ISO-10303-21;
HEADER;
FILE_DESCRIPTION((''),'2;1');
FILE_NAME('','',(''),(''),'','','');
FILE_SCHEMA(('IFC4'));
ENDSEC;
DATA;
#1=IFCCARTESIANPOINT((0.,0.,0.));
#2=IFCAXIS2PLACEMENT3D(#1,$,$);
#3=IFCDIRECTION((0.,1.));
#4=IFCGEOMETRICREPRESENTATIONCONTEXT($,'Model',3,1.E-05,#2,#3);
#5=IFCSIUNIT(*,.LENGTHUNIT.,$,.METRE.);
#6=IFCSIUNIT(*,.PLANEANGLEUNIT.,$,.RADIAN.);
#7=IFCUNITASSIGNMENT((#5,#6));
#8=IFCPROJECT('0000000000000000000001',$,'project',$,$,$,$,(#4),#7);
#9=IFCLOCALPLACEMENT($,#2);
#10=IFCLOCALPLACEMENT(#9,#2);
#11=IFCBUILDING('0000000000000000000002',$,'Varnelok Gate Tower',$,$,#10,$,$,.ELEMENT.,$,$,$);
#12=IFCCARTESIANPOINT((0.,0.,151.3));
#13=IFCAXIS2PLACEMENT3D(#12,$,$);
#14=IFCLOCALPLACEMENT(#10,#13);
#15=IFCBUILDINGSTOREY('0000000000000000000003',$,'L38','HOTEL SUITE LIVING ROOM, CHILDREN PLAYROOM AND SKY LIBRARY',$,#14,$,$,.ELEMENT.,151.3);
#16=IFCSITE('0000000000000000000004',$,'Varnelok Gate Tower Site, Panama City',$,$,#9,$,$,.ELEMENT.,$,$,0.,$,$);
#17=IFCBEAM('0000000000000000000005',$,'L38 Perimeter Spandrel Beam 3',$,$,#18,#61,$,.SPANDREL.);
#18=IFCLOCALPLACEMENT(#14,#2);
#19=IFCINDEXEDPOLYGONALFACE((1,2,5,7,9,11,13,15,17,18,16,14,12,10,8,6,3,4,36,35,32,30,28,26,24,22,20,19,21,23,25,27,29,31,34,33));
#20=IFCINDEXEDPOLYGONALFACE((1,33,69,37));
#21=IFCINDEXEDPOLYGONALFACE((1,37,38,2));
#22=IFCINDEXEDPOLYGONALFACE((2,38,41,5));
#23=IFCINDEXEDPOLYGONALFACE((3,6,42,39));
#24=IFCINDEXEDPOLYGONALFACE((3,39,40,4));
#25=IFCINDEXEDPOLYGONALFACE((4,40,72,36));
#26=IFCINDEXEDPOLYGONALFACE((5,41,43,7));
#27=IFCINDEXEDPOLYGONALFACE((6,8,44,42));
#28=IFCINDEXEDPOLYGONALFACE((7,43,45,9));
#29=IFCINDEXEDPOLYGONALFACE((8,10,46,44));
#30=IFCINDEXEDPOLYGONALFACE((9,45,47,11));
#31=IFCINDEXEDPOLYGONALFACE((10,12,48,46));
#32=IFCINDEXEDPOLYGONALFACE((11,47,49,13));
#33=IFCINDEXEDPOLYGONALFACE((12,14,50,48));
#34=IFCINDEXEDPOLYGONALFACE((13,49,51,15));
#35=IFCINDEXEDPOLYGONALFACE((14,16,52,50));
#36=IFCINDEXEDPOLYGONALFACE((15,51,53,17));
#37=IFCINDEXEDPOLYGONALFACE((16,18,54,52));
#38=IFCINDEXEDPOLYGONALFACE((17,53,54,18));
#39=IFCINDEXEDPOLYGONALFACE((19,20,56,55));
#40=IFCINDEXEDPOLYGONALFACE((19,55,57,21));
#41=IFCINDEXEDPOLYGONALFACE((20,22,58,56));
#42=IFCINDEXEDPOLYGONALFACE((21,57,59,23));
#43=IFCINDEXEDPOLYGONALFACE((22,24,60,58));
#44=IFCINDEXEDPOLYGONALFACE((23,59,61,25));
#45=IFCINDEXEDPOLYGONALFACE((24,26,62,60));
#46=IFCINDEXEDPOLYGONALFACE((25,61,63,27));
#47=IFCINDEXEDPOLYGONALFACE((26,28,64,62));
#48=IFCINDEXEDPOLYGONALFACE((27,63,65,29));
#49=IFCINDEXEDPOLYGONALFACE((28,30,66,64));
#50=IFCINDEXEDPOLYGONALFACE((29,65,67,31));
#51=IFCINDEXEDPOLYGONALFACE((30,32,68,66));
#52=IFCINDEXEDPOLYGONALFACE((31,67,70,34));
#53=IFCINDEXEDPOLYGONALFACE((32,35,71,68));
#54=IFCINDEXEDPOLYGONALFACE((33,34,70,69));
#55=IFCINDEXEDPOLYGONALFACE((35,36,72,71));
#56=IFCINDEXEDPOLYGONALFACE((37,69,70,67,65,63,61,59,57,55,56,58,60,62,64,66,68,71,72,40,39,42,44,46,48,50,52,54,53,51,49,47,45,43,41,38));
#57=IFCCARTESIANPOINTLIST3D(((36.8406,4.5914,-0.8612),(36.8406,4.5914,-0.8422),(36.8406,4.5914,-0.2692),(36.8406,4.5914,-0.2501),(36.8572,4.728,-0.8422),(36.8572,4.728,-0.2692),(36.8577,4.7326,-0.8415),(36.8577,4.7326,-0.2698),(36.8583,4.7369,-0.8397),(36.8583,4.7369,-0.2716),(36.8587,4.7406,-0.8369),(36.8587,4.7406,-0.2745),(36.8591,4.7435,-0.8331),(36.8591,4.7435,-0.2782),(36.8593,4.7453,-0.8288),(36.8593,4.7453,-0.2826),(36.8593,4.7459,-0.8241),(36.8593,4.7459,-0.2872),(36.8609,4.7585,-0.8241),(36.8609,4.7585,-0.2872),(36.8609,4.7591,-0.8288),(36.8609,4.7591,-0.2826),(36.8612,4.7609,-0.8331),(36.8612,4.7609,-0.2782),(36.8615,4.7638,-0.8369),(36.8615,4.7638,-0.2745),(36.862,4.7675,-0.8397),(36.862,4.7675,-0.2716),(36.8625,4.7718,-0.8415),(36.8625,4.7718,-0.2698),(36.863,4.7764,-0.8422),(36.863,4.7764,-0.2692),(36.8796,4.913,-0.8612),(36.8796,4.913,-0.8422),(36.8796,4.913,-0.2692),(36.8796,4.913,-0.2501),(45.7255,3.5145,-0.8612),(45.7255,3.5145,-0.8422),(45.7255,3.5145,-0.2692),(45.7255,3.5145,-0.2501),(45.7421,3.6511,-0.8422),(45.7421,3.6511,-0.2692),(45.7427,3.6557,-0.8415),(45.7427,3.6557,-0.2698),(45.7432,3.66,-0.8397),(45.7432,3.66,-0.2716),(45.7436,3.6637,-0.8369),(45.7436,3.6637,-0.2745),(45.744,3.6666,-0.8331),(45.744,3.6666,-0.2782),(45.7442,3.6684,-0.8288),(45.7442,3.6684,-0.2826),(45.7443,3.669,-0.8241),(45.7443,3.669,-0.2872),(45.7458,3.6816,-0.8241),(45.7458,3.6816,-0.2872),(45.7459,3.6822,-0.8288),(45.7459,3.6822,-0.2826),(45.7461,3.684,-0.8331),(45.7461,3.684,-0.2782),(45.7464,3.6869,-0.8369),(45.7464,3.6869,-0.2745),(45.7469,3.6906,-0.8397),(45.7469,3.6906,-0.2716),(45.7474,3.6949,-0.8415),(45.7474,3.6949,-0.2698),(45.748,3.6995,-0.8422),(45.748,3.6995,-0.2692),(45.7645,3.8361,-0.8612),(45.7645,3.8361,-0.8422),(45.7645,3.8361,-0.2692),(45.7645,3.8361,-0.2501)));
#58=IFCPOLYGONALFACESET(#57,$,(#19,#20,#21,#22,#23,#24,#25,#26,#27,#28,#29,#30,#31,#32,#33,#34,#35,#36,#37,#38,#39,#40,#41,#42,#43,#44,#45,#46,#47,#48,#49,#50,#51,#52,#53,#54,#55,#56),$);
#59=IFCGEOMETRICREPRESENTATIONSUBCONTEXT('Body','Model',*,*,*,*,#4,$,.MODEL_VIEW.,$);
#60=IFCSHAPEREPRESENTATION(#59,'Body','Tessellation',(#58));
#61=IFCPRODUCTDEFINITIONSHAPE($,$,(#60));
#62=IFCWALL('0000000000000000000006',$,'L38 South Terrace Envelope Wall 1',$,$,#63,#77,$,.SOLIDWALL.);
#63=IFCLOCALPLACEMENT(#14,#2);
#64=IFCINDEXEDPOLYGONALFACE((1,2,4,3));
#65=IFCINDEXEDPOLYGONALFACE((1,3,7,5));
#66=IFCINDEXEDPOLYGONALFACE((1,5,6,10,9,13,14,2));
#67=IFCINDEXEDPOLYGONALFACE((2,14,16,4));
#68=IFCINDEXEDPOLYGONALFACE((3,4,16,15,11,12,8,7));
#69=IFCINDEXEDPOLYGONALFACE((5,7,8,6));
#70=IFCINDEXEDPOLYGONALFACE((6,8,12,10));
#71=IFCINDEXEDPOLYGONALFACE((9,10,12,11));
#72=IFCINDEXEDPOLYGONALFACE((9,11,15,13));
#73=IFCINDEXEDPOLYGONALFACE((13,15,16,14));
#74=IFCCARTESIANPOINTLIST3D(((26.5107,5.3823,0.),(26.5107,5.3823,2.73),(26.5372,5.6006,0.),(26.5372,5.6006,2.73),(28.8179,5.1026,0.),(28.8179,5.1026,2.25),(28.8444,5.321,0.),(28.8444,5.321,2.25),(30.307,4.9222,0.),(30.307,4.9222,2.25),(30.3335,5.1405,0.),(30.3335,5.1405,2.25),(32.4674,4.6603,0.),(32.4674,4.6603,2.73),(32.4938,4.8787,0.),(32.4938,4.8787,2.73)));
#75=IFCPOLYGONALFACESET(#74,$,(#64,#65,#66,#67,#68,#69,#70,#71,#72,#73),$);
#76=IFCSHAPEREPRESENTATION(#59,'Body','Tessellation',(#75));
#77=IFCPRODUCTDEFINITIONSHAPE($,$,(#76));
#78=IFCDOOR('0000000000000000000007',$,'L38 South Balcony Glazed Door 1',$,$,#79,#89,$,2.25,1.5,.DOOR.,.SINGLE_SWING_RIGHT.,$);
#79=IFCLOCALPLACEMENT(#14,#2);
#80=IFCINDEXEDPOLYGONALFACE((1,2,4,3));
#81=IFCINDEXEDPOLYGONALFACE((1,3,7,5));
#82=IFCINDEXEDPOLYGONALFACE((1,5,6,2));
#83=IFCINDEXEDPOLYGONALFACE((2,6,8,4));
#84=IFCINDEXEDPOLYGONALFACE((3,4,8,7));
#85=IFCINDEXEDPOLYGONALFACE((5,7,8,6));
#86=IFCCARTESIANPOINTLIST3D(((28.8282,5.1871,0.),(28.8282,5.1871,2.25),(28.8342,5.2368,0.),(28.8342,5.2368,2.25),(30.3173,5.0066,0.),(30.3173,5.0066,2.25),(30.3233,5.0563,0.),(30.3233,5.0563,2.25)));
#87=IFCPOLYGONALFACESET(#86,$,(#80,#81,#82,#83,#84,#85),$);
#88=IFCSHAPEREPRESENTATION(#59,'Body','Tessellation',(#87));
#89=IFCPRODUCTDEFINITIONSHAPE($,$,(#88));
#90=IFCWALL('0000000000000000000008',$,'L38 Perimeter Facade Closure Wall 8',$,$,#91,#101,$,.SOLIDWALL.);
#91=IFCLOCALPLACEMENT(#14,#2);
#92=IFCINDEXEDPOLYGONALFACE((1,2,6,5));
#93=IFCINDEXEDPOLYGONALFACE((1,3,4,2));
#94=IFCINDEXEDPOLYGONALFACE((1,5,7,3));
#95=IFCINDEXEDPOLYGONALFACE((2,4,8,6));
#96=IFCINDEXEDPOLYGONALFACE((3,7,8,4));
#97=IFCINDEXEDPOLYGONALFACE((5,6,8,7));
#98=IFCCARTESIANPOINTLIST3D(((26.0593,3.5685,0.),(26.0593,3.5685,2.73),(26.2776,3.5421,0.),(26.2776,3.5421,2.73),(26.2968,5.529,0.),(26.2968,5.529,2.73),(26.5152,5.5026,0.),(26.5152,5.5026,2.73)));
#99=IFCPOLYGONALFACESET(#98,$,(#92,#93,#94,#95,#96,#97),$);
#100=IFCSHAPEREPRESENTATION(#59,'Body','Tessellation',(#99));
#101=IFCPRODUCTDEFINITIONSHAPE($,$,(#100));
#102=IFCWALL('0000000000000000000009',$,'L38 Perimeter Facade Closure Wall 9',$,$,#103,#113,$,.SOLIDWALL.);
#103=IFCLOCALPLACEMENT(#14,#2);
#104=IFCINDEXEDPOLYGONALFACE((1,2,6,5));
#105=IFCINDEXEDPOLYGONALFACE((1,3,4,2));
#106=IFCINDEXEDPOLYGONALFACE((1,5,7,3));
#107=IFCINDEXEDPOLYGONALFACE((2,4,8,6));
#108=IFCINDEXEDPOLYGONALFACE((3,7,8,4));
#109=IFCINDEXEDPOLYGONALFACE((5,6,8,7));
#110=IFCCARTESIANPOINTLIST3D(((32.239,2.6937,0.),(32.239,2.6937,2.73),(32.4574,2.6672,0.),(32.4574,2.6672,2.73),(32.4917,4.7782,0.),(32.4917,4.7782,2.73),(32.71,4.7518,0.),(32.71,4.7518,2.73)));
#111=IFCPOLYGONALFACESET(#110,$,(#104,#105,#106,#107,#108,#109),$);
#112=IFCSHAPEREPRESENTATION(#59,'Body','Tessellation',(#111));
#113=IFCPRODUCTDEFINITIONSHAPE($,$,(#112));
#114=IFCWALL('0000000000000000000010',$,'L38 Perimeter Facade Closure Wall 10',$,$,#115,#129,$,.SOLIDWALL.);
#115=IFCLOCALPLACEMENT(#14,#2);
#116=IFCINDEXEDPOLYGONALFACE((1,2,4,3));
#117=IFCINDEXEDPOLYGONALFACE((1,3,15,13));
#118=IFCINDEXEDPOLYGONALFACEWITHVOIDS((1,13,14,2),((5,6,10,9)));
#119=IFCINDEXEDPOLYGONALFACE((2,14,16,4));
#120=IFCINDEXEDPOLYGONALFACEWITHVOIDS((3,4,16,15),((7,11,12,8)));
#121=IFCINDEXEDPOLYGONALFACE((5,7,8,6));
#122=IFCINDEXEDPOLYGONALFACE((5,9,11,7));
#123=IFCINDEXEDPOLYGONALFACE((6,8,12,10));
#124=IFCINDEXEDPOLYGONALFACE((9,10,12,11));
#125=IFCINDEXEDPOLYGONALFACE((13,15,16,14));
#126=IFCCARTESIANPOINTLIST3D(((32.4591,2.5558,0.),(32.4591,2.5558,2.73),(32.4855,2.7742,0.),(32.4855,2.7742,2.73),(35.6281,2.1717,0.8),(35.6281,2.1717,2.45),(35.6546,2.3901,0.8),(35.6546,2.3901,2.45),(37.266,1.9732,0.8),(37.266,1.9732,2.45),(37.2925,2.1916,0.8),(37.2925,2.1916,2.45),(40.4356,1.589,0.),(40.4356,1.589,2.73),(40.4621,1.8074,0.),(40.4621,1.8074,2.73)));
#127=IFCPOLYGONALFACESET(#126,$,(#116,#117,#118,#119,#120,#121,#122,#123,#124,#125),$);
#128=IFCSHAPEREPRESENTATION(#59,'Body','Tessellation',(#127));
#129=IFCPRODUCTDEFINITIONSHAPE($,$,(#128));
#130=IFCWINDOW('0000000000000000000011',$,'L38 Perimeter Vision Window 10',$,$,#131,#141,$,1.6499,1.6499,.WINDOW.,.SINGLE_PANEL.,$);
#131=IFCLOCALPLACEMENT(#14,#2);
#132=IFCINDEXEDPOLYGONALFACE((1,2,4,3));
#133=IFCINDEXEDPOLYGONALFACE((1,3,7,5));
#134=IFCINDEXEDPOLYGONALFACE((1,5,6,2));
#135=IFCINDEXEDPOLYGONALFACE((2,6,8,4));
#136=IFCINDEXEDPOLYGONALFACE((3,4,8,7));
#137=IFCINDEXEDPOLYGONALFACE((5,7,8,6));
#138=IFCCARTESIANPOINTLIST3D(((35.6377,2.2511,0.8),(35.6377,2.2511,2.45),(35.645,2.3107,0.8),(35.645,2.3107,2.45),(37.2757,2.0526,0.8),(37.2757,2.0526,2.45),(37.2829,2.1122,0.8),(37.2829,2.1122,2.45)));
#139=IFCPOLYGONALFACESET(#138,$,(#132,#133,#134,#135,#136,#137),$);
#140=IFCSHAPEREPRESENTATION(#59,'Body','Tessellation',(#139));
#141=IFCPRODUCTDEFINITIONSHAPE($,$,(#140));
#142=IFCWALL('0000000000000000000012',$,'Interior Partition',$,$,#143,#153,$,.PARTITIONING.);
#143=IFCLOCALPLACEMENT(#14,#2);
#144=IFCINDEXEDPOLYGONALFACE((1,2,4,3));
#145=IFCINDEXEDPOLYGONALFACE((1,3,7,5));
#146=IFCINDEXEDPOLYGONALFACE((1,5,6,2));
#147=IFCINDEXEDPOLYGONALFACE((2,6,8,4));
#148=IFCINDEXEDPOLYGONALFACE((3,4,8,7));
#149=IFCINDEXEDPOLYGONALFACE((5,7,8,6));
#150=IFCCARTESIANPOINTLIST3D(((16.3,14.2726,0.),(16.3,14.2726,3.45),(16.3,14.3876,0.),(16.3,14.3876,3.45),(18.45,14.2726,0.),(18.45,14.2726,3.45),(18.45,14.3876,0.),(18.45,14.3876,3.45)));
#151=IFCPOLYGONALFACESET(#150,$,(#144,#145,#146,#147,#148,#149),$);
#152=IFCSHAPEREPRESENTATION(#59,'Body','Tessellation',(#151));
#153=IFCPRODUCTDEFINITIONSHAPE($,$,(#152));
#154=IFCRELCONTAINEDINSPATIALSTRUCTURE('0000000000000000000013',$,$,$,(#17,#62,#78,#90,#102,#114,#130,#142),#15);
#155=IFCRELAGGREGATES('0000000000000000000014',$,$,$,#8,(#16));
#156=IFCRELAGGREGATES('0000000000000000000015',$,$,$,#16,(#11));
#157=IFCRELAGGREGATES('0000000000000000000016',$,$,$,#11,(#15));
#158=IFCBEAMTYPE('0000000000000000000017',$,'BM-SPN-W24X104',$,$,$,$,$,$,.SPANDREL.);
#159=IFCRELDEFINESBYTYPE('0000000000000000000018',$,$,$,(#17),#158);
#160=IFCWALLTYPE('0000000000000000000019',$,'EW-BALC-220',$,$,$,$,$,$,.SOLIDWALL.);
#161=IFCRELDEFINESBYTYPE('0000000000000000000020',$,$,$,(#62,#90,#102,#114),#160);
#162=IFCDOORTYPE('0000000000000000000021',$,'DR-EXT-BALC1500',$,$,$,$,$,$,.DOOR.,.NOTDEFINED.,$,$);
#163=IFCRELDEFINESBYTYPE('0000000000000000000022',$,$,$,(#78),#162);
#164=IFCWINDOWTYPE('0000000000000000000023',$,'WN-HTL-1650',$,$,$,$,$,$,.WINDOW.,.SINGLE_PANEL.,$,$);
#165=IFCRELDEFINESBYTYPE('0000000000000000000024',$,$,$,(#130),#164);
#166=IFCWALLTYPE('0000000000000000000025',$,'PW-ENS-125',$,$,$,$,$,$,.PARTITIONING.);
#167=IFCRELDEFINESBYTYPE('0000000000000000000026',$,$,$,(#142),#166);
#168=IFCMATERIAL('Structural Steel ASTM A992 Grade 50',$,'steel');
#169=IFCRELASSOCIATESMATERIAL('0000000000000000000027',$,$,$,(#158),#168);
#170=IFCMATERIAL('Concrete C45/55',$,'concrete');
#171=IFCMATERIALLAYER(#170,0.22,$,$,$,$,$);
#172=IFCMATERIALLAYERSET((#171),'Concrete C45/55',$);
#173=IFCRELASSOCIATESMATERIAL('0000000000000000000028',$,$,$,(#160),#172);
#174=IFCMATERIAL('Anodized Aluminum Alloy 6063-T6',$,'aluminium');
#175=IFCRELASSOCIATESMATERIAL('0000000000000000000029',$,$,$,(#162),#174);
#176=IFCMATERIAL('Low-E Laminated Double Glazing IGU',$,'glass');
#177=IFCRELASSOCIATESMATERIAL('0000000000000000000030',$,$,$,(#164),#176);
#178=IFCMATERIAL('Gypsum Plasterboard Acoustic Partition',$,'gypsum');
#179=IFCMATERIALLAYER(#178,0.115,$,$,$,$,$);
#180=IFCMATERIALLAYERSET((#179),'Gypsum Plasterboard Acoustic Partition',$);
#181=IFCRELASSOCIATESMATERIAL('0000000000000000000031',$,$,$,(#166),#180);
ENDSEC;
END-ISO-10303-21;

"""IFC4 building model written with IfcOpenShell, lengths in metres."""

from ifc_helpers import new_model, si_unit, direction, frame, frame_2d, origin, origin_2d, place, context, subcontext, project, spatial, rectangle, i_section, extrude, material, layer, layer_set, material_profile, profile_set, type_object, element, fill, save


model = new_model("IFC4")

# Units and contexts
model_context = context("Model", 3, precision=1e-05, world=origin(), true_north=direction((0.0, 1.0)))
body_context = subcontext(model_context, "Body", "Model", "MODEL_VIEW")
ifc_project = project(units=[si_unit("LENGTHUNIT", "METRE"), si_unit("PLANEANGLEUNIT", "RADIAN")], contexts=[model_context])

# Site, building, storey
site_placement = place(None, origin())
site = spatial("IfcSite", under=ifc_project, at=site_placement, Name="Varnelok Gate Tower Site, Panama City", CompositionType="ELEMENT", RefElevation=0.0)
building_placement = place(site_placement, origin())
building = spatial("IfcBuilding", under=site, at=building_placement, Name="Varnelok Gate Tower", CompositionType="ELEMENT")
storey_placement = place(building_placement, frame((0.0, 0.0, 151.3)))
storey = spatial("IfcBuildingStorey", under=building, at=storey_placement, Name="L38", Description="HOTEL SUITE LIVING ROOM, CHILDREN PLAYROOM AND SKY LIBRARY", CompositionType="ELEMENT", Elevation=151.3)

# Shared definitions
ifc_material_1 = material(Name="Structural Steel ASTM A992 Grade 50", Category="steel")

# Beam
ifc_material_profile_1 = material_profile(ifc_material_1, i_section(OverallWidth=0.324, OverallDepth=0.6111, WebThickness=0.0127, FlangeThickness=0.019, FilletRadius=0.0181, at=origin_2d()), Name="W24X104")
ifc_profile_set_1 = profile_set([ifc_material_profile_1], Name="Structural Steel ASTM A992 Grade 50")
beam_type_1 = type_object("IfcBeamType", Name="BM-SPN-W24X104", PredefinedType="SPANDREL", material=ifc_profile_set_1)
for number, where, z_axis, x_axis, name in (
    (1, (36.8601, 4.7522, -0.5557), (0.992735, -0.120324, 0.0), (0.120324, 0.992735, 0.0), "L38 Perimeter Spandrel Beam 3"),
):
    element("IfcBeam", number, at=place(storey_placement, frame(where, z_axis=z_axis, x_axis=x_axis)), inside=storey, type_object=beam_type_1, Name=name, PredefinedType="SPANDREL", context=body_context, shape_type="SweptSolid", body=[
        extrude(i_section(OverallWidth=0.324, OverallDepth=0.6111, WebThickness=0.0127, FlangeThickness=0.019, FilletRadius=0.0181, at=origin_2d()), origin(), (0.0, 0.0, 1.0), 8.95),
    ])

# Wall, opening, door
ifc_material_2 = material(Name="Concrete C45/55", Category="concrete")
ifc_layer_1 = layer(ifc_material_2, 0.22)
ifc_layer_set_1 = layer_set([ifc_layer_1], Name="Concrete C45/55")
wall_type_1 = type_object("IfcWallType", Name="EW-BALC-220", PredefinedType="SOLIDWALL", material=ifc_layer_set_1)
wall_1_placement = place(storey_placement, frame((32.4805, 4.7695, 0.0), z_axis=(0.0, 0.0, 1.0), x_axis=(-0.992735, 0.120318, 0.0)))
wall_1 = element("IfcWall", 2, at=wall_1_placement, inside=storey, type_object=wall_type_1, Name="L38 South Terrace Envelope Wall 1", PredefinedType="SOLIDWALL", context=body_context, shape_type="SweptSolid", body=[
    extrude(rectangle(XDim=6.0002, YDim=0.22, at=frame_2d((3.0, 0.0))), origin(), (0.0, 0.0, 1.0), 2.73),
])
opening_1_placement = place(wall_1_placement, frame((2.176, 0.0, 0.0)))
opening_1 = element("IfcOpeningElement", 3, at=opening_1_placement, cuts=wall_1, PredefinedType="OPENING", context=body_context, shape_type="SweptSolid", body=[
    extrude(rectangle(XDim=1.5, YDim=2.25, at=frame_2d((0.75, 1.125))), frame((0.0, 0.1199, 0.0), z_axis=(0.0, -1.0, 0.0), x_axis=(1.0, 0.0, 0.0)), (0.0, 0.0, 1.0), 0.24),
])
ifc_material_3 = material(Name="Anodized Aluminum Alloy 6063-T6", Category="aluminium")
door_type_1 = type_object("IfcDoorType", Name="DR-EXT-BALC1500", OperationType="NOTDEFINED", PredefinedType="DOOR", material=ifc_material_3)
door_1_placement = place(opening_1_placement, origin())
door_1 = element("IfcDoor", 4, at=door_1_placement, inside=storey, type_object=door_type_1, Name="L38 South Balcony Glazed Door 1", OperationType="SINGLE_SWING_RIGHT", OverallHeight=2.25, OverallWidth=1.5, PredefinedType="DOOR", context=body_context, shape_type="SweptSolid", body=[
    extrude(rectangle(XDim=1.5, YDim=2.25, at=frame_2d((0.75, 1.125))), frame((0.0, 0.0249, 0.0), z_axis=(0.0, -1.0, 0.0), x_axis=(1.0, 0.0, 0.0)), (0.0, 0.0, 1.0), 0.05),
])
fill(opening_1, door_1)

# Walls
wall_2_placement = place(storey_placement, frame((26.1685, 3.5554, 0.0), z_axis=(0.0, 0.0, 1.0), x_axis=(0.120291, 0.992739, 0.0)))
element("IfcWall", 5, at=wall_2_placement, inside=storey, type_object=wall_type_1, Name="L38 Perimeter Facade Closure Wall 8", PredefinedType="SOLIDWALL", context=body_context, shape_type="SweptSolid", body=[
    extrude(rectangle(XDim=1.9749, YDim=0.22, at=frame_2d((0.9873, 0.0))), origin(), (0.0, 0.0, 1.0), 2.73),
])
wall_3_placement = place(storey_placement, frame((32.6008, 4.7649, 0.0), z_axis=(0.0, 0.0, 1.0), x_axis=(-0.120328, -0.992734, 0.0)))
element("IfcWall", 6, at=wall_3_placement, inside=storey, type_object=wall_type_1, Name="L38 Perimeter Facade Closure Wall 9", PredefinedType="SOLIDWALL", context=body_context, shape_type="SweptSolid", body=[
    extrude(rectangle(XDim=2.0999, YDim=0.22, at=frame_2d((1.0498, 0.0))), origin(), (0.0, 0.0, 1.0), 2.73),
])

# Wall, opening, window
wall_4_placement = place(storey_placement, frame((32.4722, 2.665, 0.0), z_axis=(0.0, 0.0, 1.0), x_axis=(0.992735, -0.120324, 0.0)))
wall_4 = element("IfcWall", 7, at=wall_4_placement, inside=storey, type_object=wall_type_1, Name="L38 Perimeter Facade Closure Wall 10", PredefinedType="SOLIDWALL", context=body_context, shape_type="SweptSolid", body=[
    extrude(rectangle(XDim=8.0349, YDim=0.22, at=frame_2d((4.0176, 0.0))), origin(), (0.0, 0.0, 1.0), 2.73),
])
opening_2_placement = place(wall_4_placement, frame((3.1924, 0.0, 0.8)))
opening_2 = element("IfcOpeningElement", 8, at=opening_2_placement, cuts=wall_4, PredefinedType="OPENING", context=body_context, shape_type="SweptSolid", body=[
    extrude(rectangle(XDim=1.6499, YDim=1.6499, at=frame_2d((0.825, 0.825))), frame((0.0, 0.1199, 0.0), z_axis=(0.0, -1.0, 0.0), x_axis=(1.0, 0.0, 0.0)), (0.0, 0.0, 1.0), 0.24),
])
ifc_material_4 = material(Name="Low-E Laminated Double Glazing IGU", Category="glass")
window_type = type_object("IfcWindowType", Name="WN-HTL-1650", PartitioningType="SINGLE_PANEL", PredefinedType="WINDOW", material=ifc_material_4)
window_placement = place(opening_2_placement, origin())
window = element("IfcWindow", 9, at=window_placement, inside=storey, type_object=window_type, Name="L38 Perimeter Vision Window 10", OverallHeight=1.6499, OverallWidth=1.6499, PartitioningType="SINGLE_PANEL", PredefinedType="WINDOW", context=body_context, shape_type="SweptSolid", body=[
    extrude(rectangle(XDim=1.6499, YDim=1.6499, at=frame_2d((0.825, 0.825))), frame((0.0, 0.03, 0.0), z_axis=(0.0, -1.0, 0.0), x_axis=(1.0, 0.0, 0.0)), (0.0, 0.0, 1.0), 0.0601),
])
fill(opening_2, window)

# Wall
ifc_material_5 = material(Name="Gypsum Plasterboard Acoustic Partition", Category="gypsum")
ifc_layer_2 = layer(ifc_material_5, 0.115)
ifc_layer_set_2 = layer_set([ifc_layer_2], Name="Gypsum Plasterboard Acoustic Partition")
wall_type_2 = type_object("IfcWallType", Name="PW-ENS-125", PredefinedType="PARTITIONING", material=ifc_layer_set_2)
wall_5_placement = place(storey_placement, frame((16.3, 14.3301, 0.0), z_axis=(0.0, 0.0, 1.0), x_axis=(1.0, 0.0, 0.0)))
element("IfcWall", 10, at=wall_5_placement, inside=storey, type_object=wall_type_2, Name="Interior Partition", PredefinedType="PARTITIONING", context=body_context, shape_type="SweptSolid", body=[
    extrude(rectangle(XDim=2.1499, YDim=0.115, at=frame_2d((1.075, 0.0))), origin(), (0.0, 0.0, 1.0), 3.45),
])

save(model, "model.ifc")
